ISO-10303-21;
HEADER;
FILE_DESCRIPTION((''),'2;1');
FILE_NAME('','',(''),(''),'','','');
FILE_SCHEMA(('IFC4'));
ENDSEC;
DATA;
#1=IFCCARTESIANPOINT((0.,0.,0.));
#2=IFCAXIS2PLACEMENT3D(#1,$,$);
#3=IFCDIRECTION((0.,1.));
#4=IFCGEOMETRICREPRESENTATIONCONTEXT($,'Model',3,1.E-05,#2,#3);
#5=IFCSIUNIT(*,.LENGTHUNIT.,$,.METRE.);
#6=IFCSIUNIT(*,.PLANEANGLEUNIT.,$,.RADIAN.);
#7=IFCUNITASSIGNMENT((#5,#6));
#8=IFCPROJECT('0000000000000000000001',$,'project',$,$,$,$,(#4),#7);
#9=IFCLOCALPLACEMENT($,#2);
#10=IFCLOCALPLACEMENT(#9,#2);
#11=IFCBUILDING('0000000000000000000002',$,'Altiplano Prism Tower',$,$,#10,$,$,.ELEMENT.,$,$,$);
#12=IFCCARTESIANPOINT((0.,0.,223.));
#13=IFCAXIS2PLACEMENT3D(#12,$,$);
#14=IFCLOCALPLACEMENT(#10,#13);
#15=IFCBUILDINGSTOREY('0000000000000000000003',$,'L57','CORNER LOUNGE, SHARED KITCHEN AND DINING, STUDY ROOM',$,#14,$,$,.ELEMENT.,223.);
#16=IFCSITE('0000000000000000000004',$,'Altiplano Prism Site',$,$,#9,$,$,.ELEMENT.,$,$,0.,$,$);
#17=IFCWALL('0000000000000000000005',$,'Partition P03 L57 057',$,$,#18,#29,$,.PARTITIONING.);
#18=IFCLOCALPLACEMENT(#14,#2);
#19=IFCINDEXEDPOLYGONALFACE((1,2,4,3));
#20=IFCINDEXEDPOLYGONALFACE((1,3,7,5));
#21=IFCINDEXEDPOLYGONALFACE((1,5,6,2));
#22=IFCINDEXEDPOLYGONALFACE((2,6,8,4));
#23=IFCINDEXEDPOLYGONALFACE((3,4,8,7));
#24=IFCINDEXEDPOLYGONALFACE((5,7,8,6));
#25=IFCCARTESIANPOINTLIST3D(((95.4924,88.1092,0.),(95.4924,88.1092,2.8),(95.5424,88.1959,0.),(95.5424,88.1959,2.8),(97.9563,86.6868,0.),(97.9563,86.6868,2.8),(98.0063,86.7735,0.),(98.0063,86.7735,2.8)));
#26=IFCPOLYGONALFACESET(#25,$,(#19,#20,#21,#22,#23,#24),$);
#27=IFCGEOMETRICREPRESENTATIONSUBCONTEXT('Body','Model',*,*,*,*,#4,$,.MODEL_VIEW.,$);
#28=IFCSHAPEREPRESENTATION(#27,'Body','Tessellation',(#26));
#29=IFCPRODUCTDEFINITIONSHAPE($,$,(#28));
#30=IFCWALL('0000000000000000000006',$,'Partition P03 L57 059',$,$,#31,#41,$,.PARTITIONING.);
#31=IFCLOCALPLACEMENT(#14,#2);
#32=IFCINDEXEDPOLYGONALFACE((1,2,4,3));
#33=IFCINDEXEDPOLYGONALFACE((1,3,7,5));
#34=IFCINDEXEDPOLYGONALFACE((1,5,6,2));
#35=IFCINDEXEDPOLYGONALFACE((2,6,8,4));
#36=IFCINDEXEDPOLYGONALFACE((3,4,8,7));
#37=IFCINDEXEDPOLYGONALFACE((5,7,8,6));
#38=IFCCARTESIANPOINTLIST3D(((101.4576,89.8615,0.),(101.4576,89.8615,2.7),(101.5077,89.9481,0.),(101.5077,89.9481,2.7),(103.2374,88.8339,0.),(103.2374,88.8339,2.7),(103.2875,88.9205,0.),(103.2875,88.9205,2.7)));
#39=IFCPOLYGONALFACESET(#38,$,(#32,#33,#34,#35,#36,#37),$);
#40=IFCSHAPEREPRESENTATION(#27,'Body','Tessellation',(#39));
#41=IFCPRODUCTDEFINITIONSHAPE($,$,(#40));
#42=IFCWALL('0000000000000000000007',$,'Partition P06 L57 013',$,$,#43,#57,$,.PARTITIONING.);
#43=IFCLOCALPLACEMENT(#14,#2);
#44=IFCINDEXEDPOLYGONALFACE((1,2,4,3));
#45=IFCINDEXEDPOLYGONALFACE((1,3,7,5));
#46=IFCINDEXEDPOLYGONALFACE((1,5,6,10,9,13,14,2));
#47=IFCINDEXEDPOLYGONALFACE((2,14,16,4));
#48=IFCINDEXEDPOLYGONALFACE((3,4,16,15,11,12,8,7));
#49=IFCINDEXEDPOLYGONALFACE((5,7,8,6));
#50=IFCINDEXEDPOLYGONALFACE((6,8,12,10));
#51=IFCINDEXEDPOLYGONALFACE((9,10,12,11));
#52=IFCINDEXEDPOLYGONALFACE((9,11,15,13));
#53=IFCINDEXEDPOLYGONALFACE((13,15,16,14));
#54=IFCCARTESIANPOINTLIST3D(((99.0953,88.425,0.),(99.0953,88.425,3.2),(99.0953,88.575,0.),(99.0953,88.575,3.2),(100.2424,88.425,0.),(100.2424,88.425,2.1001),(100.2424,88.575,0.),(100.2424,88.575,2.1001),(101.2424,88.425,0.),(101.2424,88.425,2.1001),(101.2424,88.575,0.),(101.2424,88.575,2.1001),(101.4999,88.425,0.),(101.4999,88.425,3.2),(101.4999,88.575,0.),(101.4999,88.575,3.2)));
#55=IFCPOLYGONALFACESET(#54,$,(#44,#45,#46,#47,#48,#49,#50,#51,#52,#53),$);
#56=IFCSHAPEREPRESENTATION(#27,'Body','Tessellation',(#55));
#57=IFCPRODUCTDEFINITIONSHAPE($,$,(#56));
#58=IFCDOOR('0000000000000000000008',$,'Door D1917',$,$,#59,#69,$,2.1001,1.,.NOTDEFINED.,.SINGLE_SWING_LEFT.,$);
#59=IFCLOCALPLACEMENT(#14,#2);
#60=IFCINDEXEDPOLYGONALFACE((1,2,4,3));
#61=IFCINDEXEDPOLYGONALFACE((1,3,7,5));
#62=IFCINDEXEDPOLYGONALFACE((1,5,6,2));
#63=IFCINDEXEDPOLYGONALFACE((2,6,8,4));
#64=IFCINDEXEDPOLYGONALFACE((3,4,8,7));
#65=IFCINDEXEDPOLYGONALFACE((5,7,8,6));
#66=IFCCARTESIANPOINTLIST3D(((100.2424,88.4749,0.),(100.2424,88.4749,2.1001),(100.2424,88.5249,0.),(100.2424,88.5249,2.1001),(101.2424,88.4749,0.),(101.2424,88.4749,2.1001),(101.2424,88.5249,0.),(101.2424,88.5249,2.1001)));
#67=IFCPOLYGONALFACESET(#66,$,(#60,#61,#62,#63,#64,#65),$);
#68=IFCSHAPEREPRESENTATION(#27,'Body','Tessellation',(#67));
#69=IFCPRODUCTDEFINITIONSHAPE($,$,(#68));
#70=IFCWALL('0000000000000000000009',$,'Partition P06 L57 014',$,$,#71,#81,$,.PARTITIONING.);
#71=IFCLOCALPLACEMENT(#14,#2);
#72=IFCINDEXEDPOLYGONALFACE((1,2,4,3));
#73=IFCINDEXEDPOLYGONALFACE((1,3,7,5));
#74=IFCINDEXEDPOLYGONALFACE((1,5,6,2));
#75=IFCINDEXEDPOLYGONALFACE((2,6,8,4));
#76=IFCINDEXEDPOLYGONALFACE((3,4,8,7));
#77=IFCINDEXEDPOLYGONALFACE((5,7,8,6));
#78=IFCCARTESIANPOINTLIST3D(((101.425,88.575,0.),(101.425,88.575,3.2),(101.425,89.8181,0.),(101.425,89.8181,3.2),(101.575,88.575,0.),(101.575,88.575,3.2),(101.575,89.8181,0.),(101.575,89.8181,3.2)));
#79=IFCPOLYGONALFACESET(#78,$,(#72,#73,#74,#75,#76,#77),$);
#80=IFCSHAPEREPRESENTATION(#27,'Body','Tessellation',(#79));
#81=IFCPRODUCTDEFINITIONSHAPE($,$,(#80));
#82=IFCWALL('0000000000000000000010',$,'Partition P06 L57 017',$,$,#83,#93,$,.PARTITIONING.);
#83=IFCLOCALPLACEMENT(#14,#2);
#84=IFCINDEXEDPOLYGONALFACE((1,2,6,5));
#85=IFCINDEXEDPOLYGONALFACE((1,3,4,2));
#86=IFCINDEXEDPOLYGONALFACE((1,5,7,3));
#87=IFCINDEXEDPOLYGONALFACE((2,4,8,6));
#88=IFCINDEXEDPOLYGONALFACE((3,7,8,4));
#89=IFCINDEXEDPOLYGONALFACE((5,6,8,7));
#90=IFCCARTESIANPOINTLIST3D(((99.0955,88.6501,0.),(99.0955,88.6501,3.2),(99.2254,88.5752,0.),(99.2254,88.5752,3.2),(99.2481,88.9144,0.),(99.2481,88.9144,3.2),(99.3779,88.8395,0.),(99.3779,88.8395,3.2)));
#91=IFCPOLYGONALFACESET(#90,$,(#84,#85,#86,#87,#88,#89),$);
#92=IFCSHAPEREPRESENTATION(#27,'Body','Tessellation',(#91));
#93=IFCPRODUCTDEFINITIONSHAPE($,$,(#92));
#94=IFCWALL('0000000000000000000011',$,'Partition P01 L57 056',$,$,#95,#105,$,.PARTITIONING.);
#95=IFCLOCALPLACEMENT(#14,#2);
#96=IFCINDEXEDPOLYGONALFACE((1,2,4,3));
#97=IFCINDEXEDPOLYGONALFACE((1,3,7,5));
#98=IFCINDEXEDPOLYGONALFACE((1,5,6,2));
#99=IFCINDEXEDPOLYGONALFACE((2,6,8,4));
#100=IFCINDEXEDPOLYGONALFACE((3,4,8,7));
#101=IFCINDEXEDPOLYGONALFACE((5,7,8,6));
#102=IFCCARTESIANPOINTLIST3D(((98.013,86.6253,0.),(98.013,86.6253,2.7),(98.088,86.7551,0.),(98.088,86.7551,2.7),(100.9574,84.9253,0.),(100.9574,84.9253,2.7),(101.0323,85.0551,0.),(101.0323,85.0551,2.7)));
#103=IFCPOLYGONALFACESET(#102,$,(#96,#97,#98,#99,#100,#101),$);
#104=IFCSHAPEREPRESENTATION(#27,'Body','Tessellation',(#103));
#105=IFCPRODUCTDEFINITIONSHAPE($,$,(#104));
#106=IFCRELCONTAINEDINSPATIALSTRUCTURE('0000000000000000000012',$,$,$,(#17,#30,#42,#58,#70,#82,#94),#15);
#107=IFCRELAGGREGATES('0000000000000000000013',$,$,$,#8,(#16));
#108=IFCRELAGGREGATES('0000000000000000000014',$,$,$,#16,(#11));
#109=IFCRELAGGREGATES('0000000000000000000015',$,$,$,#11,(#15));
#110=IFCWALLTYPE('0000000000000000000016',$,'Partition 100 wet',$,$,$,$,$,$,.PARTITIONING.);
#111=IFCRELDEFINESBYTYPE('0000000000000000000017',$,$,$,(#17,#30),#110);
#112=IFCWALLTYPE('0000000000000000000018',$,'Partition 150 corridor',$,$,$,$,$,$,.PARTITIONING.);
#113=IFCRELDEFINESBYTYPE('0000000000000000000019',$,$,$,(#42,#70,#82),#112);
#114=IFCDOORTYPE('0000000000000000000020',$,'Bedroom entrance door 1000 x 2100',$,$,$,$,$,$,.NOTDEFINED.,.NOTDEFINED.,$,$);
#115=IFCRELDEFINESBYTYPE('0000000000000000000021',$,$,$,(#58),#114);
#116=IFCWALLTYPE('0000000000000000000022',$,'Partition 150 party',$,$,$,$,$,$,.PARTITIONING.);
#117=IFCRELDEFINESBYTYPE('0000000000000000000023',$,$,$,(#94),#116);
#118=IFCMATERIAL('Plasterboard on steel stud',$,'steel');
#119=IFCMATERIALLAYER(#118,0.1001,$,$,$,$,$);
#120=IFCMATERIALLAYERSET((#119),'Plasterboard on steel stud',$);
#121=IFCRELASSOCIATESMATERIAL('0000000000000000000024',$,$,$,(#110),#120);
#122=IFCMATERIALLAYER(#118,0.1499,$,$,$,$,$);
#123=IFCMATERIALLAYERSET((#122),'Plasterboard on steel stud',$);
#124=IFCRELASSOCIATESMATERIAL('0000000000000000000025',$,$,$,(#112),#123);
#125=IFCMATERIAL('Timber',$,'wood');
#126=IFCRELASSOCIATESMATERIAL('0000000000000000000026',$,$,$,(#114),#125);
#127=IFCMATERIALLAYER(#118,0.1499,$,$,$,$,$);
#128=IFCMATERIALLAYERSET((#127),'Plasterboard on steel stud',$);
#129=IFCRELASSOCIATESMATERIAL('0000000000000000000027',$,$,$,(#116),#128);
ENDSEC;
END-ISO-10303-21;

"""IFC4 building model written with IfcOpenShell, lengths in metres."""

from ifc_helpers import new_model, si_unit, direction, frame, frame_2d, origin, place, context, subcontext, project, spatial, rectangle, extrude, material, layer, layer_set, type_object, element, fill, save


model = new_model("IFC4")

# Units and contexts
model_context = context("Model", 3, precision=1e-05, world=origin(), true_north=direction((0.0, 1.0)))
body_context = subcontext(model_context, "Body", "Model", "MODEL_VIEW")
ifc_project = project(units=[si_unit("LENGTHUNIT", "METRE"), si_unit("PLANEANGLEUNIT", "RADIAN")], contexts=[model_context])

# Site, building, storey
site_placement = place(None, origin())
site = spatial("IfcSite", under=ifc_project, at=site_placement, Name="Altiplano Prism Site", CompositionType="ELEMENT", RefElevation=0.0)
building_placement = place(site_placement, origin())
building = spatial("IfcBuilding", under=site, at=building_placement, Name="Altiplano Prism Tower", CompositionType="ELEMENT")
storey_placement = place(building_placement, frame((0.0, 0.0, 223.0)))
storey = spatial("IfcBuildingStorey", under=building, at=storey_placement, Name="L57", Description="CORNER LOUNGE, SHARED KITCHEN AND DINING, STUDY ROOM", CompositionType="ELEMENT", Elevation=223.0)

# Shared definitions
ifc_material_1 = material(Name="Plasterboard on steel stud", Category="steel")

# Shared definitions
ifc_material_2 = material(Name="Timber", Category="wood")

# Walls
ifc_layer_1 = layer(ifc_material_1, 0.1001)
ifc_layer_set_1 = layer_set([ifc_layer_1], Name="Plasterboard on steel stud")
wall_type_1 = type_object("IfcWallType", Name="Partition 100 wet", PredefinedType="PARTITIONING", material=ifc_layer_set_1)
wall_1_placement = place(storey_placement, frame((97.9812, 86.7302, 0.0), z_axis=(0.0, 0.0, 1.0), x_axis=(-0.866048, 0.49996, 0.0)))
element("IfcWall", 1, at=wall_1_placement, inside=storey, type_object=wall_type_1, Name="Partition P03 L57 057", PredefinedType="PARTITIONING", context=body_context, shape_type="SweptSolid", body=[
    extrude(rectangle(XDim=2.845, YDim=0.1001, at=frame_2d((1.4224, 0.0))), origin(), (0.0, 0.0, 1.0), 2.8),
])
wall_2_placement = place(storey_placement, frame((103.2625, 88.8772, 0.0), z_axis=(0.0, 0.0, 1.0), x_axis=(-0.866019, 0.50001, 0.0)))
element("IfcWall", 2, at=wall_2_placement, inside=storey, type_object=wall_type_1, Name="Partition P03 L57 059", PredefinedType="PARTITIONING", context=body_context, shape_type="SweptSolid", body=[
    extrude(rectangle(XDim=2.0552, YDim=0.1001, at=frame_2d((1.0276, 0.0))), origin(), (0.0, 0.0, 1.0), 2.7),
])

# Wall, opening, door
ifc_layer_2 = layer(ifc_material_1, 0.1499)
ifc_layer_set_2 = layer_set([ifc_layer_2], Name="Plasterboard on steel stud")
wall_type_2 = type_object("IfcWallType", Name="Partition 150 corridor", PredefinedType="PARTITIONING", material=ifc_layer_set_2)
wall_3_placement = place(storey_placement, frame((99.0955, 88.5, 0.0), z_axis=(0.0, 0.0, 1.0), x_axis=(1.0, 0.0, 0.0)))
wall_3 = element("IfcWall", 3, at=wall_3_placement, inside=storey, type_object=wall_type_2, Name="Partition P06 L57 013", PredefinedType="PARTITIONING", context=body_context, shape_type="SweptSolid", body=[
    extrude(rectangle(XDim=2.4045, YDim=0.1499, at=frame_2d((1.2021, 0.0))), origin(), (0.0, 0.0, 1.0), 3.2),
])
opening_1_placement = place(wall_3_placement, frame((1.147, 0.0, 0.0)))
opening_1 = element("IfcOpeningElement", 4, at=opening_1_placement, cuts=wall_3, PredefinedType="OPENING", context=body_context, shape_type="SweptSolid", body=[
    extrude(rectangle(XDim=1.0, YDim=2.1001, at=frame_2d((0.5, 1.05))), frame((0.0, 0.0854, 0.0), z_axis=(0.0, -1.0, 0.0), x_axis=(1.0, 0.0, 0.0)), (0.0, 0.0, 1.0), 0.1709),
])
door_type_1 = type_object("IfcDoorType", Name="Bedroom entrance door 1000 x 2100", OperationType="NOTDEFINED", PredefinedType="NOTDEFINED", material=ifc_material_2)
door_1_placement = place(opening_1_placement, origin())
door_1 = element("IfcDoor", 5, at=door_1_placement, inside=storey, type_object=door_type_1, Name="Door D1917", OperationType="SINGLE_SWING_LEFT", OverallHeight=2.1001, OverallWidth=1.0, PredefinedType="NOTDEFINED", context=body_context, shape_type="SweptSolid", body=[
    extrude(rectangle(XDim=1.0, YDim=2.1001, at=frame_2d((0.5, 1.05))), frame((0.0, 0.0249, 0.0), z_axis=(0.0, -1.0, 0.0), x_axis=(1.0, 0.0, 0.0)), (0.0, 0.0, 1.0), 0.05),
])
fill(opening_1, door_1)

# Walls
wall_4_placement = place(storey_placement, frame((101.5, 88.575, 0.0), z_axis=(0.0, 0.0, 1.0), x_axis=(0.0, 1.0, 0.0)))
element("IfcWall", 6, at=wall_4_placement, inside=storey, type_object=wall_type_2, Name="Partition P06 L57 014", PredefinedType="PARTITIONING", context=body_context, shape_type="SweptSolid", body=[
    extrude(rectangle(XDim=1.2432, YDim=0.1499, at=frame_2d((0.6216, 0.0))), origin(), (0.0, 0.0, 1.0), 3.2),
])
wall_5_placement = place(storey_placement, frame((99.313, 88.877, 0.0), z_axis=(0.0, 0.0, 1.0), x_axis=(-0.499838, -0.866119, 0.0)))
element("IfcWall", 7, at=wall_5_placement, inside=storey, type_object=wall_type_2, Name="Partition P06 L57 017", PredefinedType="PARTITIONING", context=body_context, shape_type="SweptSolid", body=[
    extrude(rectangle(XDim=0.3052, YDim=0.1499, at=frame_2d((0.1526, 0.0))), origin(), (0.0, 0.0, 1.0), 3.2),
])
ifc_layer_3 = layer(ifc_material_1, 0.1499)
ifc_layer_set_3 = layer_set([ifc_layer_3], Name="Plasterboard on steel stud")
wall_type_3 = type_object("IfcWallType", Name="Partition 150 party", PredefinedType="PARTITIONING", material=ifc_layer_set_3)
wall_6_placement = place(storey_placement, frame((100.9949, 84.9902, 0.0), z_axis=(0.0, 0.0, 1.0), x_axis=(-0.866021, 0.500008, 0.0)))
element("IfcWall", 8, at=wall_6_placement, inside=storey, type_object=wall_type_3, Name="Partition P01 L57 056", PredefinedType="PARTITIONING", context=body_context, shape_type="SweptSolid", body=[
    extrude(rectangle(XDim=3.3999, YDim=0.1499, at=frame_2d((1.7, 0.0))), origin(), (0.0, 0.0, 1.0), 2.7),
])

save(model, "model.ifc")
